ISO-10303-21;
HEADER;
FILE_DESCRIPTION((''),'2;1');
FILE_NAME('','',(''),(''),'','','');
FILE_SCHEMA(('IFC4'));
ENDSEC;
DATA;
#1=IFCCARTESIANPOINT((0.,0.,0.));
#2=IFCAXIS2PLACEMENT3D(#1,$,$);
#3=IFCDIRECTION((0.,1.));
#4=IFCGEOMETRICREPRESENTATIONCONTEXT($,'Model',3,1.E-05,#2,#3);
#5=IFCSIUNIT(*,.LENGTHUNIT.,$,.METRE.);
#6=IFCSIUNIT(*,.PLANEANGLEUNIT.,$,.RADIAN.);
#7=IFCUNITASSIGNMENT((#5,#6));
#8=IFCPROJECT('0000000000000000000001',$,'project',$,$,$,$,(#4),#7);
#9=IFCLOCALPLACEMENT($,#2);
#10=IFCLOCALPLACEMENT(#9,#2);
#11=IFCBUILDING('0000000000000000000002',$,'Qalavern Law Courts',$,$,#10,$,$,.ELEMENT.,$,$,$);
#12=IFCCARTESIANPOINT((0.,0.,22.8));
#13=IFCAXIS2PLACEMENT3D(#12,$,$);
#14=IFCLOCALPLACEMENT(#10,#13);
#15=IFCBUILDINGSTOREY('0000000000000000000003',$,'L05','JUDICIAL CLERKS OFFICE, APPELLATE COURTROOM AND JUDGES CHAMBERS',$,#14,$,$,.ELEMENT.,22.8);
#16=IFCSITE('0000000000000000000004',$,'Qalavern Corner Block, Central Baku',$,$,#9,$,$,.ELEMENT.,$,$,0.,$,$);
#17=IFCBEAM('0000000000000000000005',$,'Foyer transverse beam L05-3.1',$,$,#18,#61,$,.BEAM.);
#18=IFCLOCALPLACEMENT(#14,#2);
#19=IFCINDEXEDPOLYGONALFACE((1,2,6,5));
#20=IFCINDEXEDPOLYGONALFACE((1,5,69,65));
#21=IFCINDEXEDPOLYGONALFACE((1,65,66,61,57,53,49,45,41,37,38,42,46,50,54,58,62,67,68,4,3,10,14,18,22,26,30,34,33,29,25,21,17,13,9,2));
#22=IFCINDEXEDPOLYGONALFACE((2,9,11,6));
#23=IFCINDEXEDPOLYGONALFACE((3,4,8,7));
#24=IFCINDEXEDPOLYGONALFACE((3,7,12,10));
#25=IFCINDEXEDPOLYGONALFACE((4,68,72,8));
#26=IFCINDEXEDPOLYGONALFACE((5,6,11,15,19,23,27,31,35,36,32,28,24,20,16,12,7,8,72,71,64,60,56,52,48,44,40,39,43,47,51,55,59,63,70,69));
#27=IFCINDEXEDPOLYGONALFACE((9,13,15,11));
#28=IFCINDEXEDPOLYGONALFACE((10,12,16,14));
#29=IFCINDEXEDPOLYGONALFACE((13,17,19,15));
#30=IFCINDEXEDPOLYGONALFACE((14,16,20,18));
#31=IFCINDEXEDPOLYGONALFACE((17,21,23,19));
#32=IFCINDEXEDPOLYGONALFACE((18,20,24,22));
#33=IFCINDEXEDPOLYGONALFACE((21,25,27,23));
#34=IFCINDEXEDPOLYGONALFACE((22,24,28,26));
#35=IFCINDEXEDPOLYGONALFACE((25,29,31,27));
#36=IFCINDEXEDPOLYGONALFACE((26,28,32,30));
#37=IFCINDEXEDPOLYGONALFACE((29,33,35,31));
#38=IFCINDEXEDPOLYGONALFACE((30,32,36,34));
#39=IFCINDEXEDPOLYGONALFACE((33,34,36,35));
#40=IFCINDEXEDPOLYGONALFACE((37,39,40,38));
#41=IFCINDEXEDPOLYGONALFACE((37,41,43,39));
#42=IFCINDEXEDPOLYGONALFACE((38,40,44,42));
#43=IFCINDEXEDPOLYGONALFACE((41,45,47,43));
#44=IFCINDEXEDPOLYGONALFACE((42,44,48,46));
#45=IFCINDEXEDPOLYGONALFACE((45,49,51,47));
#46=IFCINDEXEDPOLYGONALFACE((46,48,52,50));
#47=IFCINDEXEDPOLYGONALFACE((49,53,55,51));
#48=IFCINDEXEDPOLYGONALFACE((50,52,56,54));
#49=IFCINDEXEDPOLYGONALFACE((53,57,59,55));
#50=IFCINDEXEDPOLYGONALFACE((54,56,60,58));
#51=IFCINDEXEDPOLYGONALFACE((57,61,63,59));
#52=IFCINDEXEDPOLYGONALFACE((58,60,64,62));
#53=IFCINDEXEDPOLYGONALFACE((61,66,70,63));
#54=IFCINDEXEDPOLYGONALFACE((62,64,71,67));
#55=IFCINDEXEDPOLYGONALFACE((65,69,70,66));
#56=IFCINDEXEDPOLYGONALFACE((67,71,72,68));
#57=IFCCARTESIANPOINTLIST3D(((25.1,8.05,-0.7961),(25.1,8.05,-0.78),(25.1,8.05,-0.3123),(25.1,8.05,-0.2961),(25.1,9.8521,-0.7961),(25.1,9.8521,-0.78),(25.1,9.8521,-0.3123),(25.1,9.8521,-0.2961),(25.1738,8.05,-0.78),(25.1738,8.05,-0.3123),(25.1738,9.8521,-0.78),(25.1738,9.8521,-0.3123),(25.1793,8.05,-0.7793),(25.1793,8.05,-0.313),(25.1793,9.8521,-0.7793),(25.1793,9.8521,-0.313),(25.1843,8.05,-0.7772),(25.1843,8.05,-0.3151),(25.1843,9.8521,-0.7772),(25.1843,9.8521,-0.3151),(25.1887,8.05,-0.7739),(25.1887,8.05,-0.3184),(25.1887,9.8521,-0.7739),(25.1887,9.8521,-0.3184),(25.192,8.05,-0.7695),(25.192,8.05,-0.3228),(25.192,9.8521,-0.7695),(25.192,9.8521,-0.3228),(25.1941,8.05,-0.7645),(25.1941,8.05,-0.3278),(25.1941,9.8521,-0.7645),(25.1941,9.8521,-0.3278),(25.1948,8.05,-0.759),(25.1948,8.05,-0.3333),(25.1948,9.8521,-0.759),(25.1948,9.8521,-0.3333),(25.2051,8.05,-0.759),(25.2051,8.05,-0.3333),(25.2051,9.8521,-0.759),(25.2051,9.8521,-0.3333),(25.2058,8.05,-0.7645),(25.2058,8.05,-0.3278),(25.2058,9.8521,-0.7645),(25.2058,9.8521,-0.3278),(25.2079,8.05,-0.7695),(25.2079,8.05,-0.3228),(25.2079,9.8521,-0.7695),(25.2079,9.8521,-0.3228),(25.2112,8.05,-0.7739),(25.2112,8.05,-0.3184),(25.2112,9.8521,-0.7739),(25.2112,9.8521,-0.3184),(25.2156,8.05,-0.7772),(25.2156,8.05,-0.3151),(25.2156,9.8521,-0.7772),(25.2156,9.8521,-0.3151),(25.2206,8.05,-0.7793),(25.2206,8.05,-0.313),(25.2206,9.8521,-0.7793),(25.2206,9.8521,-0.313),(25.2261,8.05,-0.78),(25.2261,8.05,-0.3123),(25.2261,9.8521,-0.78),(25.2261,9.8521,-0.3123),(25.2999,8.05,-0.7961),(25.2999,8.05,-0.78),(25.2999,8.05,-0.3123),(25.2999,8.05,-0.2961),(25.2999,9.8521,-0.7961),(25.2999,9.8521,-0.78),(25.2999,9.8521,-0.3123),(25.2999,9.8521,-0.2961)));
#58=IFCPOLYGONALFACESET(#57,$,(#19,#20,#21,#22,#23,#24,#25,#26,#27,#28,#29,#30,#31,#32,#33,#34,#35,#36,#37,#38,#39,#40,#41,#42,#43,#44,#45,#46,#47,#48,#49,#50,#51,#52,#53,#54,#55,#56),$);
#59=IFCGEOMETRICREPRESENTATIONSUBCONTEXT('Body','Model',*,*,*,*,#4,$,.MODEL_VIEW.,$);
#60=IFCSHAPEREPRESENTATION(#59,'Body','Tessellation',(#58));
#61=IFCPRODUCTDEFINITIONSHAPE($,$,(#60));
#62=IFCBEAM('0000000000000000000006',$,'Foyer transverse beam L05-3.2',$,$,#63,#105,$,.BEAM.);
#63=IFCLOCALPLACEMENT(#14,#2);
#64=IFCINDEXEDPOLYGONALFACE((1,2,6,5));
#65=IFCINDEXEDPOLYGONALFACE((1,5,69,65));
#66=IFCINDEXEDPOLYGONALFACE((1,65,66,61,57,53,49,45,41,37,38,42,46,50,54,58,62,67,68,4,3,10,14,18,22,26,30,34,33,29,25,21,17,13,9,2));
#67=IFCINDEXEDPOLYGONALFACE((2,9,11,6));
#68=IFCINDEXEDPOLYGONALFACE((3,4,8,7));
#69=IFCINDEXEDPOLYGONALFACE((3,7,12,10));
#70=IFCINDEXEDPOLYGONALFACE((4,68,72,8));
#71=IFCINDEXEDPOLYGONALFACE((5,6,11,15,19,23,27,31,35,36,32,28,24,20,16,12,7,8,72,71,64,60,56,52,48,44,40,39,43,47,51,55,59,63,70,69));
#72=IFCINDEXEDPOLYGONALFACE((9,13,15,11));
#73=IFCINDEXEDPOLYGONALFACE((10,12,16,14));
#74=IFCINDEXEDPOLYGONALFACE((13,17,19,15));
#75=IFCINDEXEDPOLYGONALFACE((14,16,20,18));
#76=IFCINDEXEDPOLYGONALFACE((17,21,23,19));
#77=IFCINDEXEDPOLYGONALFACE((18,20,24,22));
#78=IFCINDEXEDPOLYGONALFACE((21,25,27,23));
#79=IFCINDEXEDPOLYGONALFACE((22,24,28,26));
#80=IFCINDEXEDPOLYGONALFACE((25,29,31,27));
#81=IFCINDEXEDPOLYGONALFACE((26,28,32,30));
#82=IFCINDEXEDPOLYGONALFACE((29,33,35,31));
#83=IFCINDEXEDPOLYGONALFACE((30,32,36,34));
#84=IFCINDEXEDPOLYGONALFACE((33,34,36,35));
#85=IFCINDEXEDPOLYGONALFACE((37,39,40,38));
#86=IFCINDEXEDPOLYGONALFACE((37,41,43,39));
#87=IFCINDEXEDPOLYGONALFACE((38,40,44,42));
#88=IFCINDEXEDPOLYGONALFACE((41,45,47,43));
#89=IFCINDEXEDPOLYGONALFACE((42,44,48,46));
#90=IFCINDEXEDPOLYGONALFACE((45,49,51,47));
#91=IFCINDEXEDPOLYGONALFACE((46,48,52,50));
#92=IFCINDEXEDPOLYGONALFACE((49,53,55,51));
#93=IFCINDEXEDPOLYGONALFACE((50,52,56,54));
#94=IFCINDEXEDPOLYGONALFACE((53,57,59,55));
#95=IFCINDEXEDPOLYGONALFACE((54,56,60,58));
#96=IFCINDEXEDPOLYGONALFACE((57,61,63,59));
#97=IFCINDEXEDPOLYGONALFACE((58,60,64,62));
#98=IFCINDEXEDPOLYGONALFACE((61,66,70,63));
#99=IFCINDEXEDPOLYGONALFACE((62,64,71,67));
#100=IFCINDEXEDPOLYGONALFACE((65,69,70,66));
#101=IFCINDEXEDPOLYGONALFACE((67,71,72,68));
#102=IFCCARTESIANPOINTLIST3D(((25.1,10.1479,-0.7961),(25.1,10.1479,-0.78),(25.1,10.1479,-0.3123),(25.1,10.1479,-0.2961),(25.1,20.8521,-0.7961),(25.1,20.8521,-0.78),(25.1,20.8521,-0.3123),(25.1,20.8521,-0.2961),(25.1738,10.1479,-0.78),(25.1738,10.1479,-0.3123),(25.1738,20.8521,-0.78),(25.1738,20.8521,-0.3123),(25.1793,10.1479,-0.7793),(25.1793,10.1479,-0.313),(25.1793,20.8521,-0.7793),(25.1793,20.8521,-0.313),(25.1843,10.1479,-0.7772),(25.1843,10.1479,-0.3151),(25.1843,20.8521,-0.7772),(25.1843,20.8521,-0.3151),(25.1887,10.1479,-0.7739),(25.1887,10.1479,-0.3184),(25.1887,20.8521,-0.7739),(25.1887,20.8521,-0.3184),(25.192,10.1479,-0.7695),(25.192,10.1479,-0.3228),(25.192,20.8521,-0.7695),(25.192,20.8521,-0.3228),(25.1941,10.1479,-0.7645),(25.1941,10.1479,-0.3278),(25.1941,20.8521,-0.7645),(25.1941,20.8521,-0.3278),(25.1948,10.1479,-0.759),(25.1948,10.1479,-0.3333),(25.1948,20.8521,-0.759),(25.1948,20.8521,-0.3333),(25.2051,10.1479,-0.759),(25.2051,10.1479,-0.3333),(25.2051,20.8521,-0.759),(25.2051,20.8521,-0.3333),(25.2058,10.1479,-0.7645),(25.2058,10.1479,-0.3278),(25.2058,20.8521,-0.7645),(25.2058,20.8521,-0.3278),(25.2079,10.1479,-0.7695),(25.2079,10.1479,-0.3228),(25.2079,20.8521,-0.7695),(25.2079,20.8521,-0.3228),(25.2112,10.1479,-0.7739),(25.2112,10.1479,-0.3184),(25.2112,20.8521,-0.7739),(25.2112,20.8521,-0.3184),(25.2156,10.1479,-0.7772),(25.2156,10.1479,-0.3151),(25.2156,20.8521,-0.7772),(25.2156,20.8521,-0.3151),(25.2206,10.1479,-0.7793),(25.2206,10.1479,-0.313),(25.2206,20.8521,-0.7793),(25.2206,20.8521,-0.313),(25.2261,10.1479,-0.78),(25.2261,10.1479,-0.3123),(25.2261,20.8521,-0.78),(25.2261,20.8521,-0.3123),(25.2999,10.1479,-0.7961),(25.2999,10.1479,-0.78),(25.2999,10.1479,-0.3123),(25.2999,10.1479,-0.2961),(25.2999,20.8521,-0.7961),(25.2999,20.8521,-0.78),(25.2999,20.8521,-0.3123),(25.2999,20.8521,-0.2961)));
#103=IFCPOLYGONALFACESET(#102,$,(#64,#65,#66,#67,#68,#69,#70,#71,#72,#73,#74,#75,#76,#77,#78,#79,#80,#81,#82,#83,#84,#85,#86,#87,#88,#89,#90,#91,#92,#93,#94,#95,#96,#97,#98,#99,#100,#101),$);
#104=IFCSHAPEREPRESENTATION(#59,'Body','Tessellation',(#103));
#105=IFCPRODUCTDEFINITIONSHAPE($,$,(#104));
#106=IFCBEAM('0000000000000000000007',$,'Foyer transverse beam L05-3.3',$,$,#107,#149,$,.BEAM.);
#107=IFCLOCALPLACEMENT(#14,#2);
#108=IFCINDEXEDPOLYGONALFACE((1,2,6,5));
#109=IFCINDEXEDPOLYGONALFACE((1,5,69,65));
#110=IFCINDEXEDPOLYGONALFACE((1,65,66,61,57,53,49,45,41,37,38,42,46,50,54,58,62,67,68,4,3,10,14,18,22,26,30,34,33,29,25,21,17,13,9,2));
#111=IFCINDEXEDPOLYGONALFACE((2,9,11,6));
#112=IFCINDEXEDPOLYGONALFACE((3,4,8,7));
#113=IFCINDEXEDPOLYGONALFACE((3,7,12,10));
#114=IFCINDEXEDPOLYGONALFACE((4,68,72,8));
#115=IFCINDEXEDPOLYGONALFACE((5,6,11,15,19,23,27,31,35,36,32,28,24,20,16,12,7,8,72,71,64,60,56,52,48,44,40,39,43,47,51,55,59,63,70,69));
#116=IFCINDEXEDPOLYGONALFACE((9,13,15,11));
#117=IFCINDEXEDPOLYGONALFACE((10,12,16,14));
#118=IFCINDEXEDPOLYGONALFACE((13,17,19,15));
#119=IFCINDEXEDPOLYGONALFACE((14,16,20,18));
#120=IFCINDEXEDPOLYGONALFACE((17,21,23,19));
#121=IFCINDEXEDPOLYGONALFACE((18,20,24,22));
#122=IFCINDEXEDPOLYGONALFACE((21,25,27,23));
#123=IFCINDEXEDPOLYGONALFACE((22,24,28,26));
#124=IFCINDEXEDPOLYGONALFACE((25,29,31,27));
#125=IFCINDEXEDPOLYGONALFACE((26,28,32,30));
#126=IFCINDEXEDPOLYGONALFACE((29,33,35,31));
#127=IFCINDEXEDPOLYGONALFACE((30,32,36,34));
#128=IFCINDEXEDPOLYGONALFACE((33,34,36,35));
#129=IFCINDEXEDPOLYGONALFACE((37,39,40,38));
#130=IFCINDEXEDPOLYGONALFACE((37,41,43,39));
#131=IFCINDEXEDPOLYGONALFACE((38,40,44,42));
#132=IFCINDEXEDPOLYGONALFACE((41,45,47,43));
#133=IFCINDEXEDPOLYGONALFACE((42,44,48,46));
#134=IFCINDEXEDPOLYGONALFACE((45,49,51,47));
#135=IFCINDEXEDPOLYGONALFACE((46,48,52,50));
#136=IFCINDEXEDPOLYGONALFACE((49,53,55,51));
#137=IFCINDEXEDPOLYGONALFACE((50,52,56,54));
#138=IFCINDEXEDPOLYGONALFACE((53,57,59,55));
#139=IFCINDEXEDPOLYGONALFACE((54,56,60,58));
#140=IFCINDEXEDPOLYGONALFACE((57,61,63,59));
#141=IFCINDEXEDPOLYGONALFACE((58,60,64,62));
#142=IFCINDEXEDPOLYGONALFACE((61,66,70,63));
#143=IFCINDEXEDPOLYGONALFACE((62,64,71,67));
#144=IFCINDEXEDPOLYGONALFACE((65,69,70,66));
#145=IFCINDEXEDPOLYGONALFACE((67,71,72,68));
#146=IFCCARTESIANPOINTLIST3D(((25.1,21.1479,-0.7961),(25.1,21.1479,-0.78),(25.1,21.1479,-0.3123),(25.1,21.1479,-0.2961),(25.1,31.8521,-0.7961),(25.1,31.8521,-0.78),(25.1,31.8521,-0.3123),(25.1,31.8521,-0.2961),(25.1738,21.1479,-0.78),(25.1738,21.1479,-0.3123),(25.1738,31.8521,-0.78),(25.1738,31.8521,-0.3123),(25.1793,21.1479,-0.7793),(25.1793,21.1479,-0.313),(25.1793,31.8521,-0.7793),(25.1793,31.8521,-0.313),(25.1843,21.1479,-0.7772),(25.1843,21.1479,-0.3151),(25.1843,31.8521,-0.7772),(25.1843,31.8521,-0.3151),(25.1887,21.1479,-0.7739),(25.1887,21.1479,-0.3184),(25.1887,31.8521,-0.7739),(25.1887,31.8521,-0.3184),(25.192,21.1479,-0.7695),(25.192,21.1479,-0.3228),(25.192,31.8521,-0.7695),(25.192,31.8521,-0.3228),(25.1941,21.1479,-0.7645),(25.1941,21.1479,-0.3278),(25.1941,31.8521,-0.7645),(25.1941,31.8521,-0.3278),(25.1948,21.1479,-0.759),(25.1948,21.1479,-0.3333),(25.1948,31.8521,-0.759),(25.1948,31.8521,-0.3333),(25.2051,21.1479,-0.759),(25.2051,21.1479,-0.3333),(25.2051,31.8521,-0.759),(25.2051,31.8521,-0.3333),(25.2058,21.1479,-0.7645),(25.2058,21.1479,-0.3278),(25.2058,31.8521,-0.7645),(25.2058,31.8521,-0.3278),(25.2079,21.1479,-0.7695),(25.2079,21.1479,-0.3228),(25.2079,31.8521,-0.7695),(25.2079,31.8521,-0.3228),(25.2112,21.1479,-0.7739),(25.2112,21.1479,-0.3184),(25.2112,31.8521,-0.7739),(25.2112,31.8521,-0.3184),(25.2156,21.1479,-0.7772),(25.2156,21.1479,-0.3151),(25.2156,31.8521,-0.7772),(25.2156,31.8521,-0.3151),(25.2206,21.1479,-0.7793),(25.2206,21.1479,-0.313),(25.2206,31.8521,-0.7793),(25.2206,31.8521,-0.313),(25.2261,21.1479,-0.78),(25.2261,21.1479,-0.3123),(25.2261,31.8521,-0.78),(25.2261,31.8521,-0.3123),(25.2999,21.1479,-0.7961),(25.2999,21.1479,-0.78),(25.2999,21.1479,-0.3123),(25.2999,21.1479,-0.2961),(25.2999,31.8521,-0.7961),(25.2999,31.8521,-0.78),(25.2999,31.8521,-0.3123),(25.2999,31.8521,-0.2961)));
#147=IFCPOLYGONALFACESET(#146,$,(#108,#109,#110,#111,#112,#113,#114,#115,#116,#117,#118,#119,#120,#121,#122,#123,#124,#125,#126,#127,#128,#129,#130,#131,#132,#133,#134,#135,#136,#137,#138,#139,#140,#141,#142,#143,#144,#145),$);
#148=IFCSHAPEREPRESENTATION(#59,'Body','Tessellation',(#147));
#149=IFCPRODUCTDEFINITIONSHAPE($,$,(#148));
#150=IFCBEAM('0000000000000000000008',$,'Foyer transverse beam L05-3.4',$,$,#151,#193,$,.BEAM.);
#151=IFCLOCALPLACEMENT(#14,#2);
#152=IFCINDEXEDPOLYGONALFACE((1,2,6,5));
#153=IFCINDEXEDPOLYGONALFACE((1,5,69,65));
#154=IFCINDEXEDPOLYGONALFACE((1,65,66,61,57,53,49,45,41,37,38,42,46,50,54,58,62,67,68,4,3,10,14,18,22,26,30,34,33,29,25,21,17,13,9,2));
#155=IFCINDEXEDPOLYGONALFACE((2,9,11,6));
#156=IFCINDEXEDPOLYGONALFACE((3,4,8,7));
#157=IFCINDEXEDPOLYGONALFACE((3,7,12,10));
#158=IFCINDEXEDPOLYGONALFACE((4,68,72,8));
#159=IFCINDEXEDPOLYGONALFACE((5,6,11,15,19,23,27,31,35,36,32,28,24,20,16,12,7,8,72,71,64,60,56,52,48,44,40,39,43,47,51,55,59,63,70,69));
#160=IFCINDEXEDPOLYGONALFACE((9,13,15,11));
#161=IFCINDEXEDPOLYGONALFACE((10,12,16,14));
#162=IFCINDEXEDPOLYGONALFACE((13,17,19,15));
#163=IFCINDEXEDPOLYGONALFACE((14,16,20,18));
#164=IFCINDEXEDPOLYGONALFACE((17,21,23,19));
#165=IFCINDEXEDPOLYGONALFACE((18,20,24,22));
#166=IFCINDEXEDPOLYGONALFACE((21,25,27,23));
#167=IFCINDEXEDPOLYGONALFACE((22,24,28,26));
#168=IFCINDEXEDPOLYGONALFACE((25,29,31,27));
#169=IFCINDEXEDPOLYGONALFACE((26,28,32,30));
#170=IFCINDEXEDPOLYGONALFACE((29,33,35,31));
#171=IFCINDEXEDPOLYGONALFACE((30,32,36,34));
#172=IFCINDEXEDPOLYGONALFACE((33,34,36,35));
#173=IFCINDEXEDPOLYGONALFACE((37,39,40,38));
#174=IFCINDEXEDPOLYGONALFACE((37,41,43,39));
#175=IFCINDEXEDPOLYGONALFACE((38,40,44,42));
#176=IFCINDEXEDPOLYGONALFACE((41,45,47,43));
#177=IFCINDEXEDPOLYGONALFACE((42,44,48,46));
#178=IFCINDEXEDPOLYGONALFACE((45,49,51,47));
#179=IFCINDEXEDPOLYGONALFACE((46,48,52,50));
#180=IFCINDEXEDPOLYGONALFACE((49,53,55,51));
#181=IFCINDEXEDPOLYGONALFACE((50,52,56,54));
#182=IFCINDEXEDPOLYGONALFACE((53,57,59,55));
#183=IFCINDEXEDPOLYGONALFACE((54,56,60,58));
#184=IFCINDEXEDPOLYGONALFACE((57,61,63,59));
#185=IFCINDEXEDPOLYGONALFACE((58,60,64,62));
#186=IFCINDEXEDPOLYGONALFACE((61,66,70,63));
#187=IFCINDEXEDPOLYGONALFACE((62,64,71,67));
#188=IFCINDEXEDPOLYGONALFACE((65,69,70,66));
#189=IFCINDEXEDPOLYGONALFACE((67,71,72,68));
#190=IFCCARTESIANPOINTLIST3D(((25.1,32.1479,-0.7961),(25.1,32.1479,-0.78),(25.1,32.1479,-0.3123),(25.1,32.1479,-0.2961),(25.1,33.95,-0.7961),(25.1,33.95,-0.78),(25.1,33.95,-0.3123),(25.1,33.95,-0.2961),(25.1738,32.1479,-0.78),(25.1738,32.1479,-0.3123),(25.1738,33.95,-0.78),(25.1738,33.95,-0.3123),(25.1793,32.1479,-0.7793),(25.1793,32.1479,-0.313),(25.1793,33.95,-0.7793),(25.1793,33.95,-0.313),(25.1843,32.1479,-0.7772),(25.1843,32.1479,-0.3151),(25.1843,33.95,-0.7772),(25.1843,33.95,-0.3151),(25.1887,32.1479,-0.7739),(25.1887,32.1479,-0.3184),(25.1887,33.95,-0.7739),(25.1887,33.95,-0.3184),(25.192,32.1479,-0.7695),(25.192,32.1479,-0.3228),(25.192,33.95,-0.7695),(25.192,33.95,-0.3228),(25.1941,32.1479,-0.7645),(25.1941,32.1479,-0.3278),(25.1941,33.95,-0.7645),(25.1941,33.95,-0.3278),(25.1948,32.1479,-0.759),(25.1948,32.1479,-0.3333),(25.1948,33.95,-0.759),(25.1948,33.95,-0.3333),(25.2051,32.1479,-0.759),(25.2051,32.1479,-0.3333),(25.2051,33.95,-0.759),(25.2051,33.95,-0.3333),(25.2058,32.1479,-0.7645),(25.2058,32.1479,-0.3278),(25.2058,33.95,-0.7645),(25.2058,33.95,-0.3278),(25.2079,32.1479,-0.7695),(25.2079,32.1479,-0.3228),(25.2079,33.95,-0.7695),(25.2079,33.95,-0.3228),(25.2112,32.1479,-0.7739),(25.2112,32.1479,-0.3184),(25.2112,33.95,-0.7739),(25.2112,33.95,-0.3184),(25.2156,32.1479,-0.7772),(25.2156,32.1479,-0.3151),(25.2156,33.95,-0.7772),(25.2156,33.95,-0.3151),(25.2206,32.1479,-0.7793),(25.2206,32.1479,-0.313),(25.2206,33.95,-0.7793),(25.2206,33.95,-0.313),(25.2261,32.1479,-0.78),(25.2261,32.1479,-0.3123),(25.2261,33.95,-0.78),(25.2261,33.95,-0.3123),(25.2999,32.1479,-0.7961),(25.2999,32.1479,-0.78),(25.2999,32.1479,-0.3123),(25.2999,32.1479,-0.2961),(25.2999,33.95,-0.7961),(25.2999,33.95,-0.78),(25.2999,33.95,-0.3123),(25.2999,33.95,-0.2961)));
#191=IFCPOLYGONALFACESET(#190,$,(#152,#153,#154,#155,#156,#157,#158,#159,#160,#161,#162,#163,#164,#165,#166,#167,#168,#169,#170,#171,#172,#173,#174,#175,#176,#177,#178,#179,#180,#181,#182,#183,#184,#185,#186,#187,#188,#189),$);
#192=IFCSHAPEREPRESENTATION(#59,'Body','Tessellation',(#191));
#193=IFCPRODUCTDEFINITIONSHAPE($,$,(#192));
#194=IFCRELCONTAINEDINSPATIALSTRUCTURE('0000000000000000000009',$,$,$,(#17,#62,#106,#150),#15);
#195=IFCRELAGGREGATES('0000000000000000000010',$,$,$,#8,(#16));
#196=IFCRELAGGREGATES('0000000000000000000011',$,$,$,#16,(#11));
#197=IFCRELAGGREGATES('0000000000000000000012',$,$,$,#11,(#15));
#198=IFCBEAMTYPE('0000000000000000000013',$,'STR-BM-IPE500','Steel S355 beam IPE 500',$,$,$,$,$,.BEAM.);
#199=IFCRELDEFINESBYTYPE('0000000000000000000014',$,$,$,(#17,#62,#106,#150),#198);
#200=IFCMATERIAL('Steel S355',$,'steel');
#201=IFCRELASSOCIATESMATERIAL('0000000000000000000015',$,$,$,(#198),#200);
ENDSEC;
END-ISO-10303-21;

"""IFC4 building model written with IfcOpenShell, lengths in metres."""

from ifc_helpers import new_model, si_unit, direction, frame, origin, origin_2d, place, context, subcontext, project, spatial, i_section, extrude, material, material_profile, profile_set, type_object, element, save


model = new_model("IFC4")

# Units and contexts
model_context = context("Model", 3, precision=1e-05, world=origin(), true_north=direction((0.0, 1.0)))
body_context = subcontext(model_context, "Body", "Model", "MODEL_VIEW")
ifc_project = project(units=[si_unit("LENGTHUNIT", "METRE"), si_unit("PLANEANGLEUNIT", "RADIAN")], contexts=[model_context])

# Site, building, storey
site_placement = place(None, origin())
site = spatial("IfcSite", under=ifc_project, at=site_placement, Name="Qalavern Corner Block, Central Baku", CompositionType="ELEMENT", RefElevation=0.0)
building_placement = place(site_placement, origin())
building = spatial("IfcBuilding", under=site, at=building_placement, Name="Qalavern Law Courts", CompositionType="ELEMENT")
storey_placement = place(building_placement, frame((0.0, 0.0, 22.8)))
storey = spatial("IfcBuildingStorey", under=building, at=storey_placement, Name="L05", Description="JUDICIAL CLERKS OFFICE, APPELLATE COURTROOM AND JUDGES CHAMBERS", CompositionType="ELEMENT", Elevation=22.8)

# Beams
ifc_material_1 = material(Name="Steel S355", Category="steel")
ifc_material_profile_1 = material_profile(ifc_material_1, i_section(OverallWidth=0.2, OverallDepth=0.5, WebThickness=0.0103, FlangeThickness=0.0161, FilletRadius=0.021, at=origin_2d()), Name="IPE 500")
ifc_profile_set_1 = profile_set([ifc_material_profile_1], Name="Steel S355")
beam_type_1 = type_object("IfcBeamType", Name="STR-BM-IPE500", Description="Steel S355 beam IPE 500", PredefinedType="BEAM", material=ifc_profile_set_1)
for number, where, z_axis, x_axis, name in (
    (1, (25.2, 8.05, -0.5461), (0.0, 1.0, 0.0), (-1.0, 0.0, 0.0), "Foyer transverse beam L05-3.1"),
):
    element("IfcBeam", number, at=place(storey_placement, frame(where, z_axis=z_axis, x_axis=x_axis)), inside=storey, type_object=beam_type_1, Name=name, PredefinedType="BEAM", context=body_context, shape_type="SweptSolid", body=[
        extrude(i_section(OverallWidth=0.2, OverallDepth=0.5, WebThickness=0.0103, FlangeThickness=0.0161, FilletRadius=0.021, at=origin_2d()), origin(), (0.0, 0.0, 1.0), 1.802),
    ])
for number, where, z_axis, x_axis, name in (
    (2, (25.2, 10.1479, -0.5461), (0.0, 1.0, 0.0), (-1.0, 0.0, 0.0), "Foyer transverse beam L05-3.2"),
    (3, (25.2, 21.1479, -0.5461), (0.0, 1.0, 0.0), (-1.0, 0.0, 0.0), "Foyer transverse beam L05-3.3"),
):
    element("IfcBeam", number, at=place(storey_placement, frame(where, z_axis=z_axis, x_axis=x_axis)), inside=storey, type_object=beam_type_1, Name=name, PredefinedType="BEAM", context=body_context, shape_type="SweptSolid", body=[
        extrude(i_section(OverallWidth=0.2, OverallDepth=0.5, WebThickness=0.0103, FlangeThickness=0.0161, FilletRadius=0.021, at=origin_2d()), origin(), (0.0, 0.0, 1.0), 10.7041),
    ])
for number, where, z_axis, x_axis, name in (
    (4, (25.2, 32.1479, -0.5461), (0.0, 1.0, 0.0), (-1.0, 0.0, 0.0), "Foyer transverse beam L05-3.4"),
):
    element("IfcBeam", number, at=place(storey_placement, frame(where, z_axis=z_axis, x_axis=x_axis)), inside=storey, type_object=beam_type_1, Name=name, PredefinedType="BEAM", context=body_context, shape_type="SweptSolid", body=[
        extrude(i_section(OverallWidth=0.2, OverallDepth=0.5, WebThickness=0.0103, FlangeThickness=0.0161, FilletRadius=0.021, at=origin_2d()), origin(), (0.0, 0.0, 1.0), 1.802),
    ])

save(model, "model.ifc")
